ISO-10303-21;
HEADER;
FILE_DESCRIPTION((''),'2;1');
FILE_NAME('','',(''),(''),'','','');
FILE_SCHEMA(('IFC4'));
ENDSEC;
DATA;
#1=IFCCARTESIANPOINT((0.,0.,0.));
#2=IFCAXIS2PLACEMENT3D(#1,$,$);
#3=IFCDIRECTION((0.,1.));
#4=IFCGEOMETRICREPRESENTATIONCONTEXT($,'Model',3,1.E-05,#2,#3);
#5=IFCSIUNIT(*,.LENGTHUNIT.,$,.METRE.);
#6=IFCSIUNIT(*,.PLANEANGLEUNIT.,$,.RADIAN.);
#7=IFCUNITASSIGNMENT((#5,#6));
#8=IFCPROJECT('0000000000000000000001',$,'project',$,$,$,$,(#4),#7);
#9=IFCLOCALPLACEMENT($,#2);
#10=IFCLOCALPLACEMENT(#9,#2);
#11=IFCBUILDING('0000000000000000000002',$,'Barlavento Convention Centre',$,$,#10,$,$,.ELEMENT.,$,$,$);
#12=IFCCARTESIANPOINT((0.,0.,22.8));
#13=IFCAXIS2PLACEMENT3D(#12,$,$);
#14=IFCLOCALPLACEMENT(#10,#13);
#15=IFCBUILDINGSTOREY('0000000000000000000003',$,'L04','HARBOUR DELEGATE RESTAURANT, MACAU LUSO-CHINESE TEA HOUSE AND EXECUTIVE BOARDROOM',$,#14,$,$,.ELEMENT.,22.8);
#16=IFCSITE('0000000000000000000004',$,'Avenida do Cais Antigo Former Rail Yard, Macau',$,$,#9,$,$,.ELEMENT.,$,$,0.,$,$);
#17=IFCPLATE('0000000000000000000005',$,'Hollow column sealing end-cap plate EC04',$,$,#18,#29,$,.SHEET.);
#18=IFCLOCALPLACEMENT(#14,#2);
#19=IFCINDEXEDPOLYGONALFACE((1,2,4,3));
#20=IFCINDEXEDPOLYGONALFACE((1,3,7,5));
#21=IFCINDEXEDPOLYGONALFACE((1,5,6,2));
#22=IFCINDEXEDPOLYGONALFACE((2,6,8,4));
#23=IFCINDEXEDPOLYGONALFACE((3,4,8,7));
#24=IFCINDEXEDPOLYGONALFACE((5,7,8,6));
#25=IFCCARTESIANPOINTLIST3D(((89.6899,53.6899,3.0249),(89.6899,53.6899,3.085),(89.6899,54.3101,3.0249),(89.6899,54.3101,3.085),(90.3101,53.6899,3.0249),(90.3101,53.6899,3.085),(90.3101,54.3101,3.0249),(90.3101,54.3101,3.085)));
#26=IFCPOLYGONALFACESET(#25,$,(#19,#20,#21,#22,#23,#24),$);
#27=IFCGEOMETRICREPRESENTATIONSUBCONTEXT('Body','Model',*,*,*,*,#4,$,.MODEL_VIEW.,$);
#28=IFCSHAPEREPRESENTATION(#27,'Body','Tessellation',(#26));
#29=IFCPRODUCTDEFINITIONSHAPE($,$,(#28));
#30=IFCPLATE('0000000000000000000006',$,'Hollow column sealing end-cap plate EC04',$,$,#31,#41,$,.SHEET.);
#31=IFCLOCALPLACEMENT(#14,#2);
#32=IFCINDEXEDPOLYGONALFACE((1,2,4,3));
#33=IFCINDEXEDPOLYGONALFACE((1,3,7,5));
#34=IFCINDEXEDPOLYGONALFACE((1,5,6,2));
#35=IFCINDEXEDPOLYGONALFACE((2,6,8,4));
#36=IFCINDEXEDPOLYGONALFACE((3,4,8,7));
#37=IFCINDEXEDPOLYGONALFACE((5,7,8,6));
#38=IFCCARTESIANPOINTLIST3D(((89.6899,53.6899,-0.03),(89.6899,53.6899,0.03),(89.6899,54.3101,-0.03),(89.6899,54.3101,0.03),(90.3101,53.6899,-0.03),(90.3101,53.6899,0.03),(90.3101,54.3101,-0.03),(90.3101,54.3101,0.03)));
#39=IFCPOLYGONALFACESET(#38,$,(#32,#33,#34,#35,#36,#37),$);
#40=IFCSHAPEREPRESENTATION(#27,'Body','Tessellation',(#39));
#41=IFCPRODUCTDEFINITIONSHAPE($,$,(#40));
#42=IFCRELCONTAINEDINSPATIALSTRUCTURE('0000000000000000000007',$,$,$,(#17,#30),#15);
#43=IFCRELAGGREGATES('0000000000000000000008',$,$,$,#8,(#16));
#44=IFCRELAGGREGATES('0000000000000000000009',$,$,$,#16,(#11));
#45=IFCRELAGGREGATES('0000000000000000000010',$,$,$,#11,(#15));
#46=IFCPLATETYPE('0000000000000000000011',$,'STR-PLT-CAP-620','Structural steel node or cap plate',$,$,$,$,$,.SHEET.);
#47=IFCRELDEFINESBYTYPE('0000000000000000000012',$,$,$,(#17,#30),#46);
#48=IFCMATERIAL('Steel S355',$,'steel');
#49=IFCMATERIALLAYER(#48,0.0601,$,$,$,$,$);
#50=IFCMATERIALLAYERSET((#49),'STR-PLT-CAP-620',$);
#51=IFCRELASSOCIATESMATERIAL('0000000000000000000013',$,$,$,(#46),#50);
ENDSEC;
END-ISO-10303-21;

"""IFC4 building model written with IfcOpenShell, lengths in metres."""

from ifc_helpers import new_model, si_unit, direction, frame, origin, origin_2d, place, context, subcontext, project, spatial, rectangle, extrude, material, layer, layer_set, type_object, element, save


model = new_model("IFC4")

# Units and contexts
model_context = context("Model", 3, precision=1e-05, world=origin(), true_north=direction((0.0, 1.0)))
body_context = subcontext(model_context, "Body", "Model", "MODEL_VIEW")
ifc_project = project(units=[si_unit("LENGTHUNIT", "METRE"), si_unit("PLANEANGLEUNIT", "RADIAN")], contexts=[model_context])

# Site, building, storey
site_placement = place(None, origin())
site = spatial("IfcSite", under=ifc_project, at=site_placement, Name="Avenida do Cais Antigo Former Rail Yard, Macau", CompositionType="ELEMENT", RefElevation=0.0)
building_placement = place(site_placement, origin())
building = spatial("IfcBuilding", under=site, at=building_placement, Name="Barlavento Convention Centre", CompositionType="ELEMENT")
storey_placement = place(building_placement, frame((0.0, 0.0, 22.8)))
storey = spatial("IfcBuildingStorey", under=building, at=storey_placement, Name="L04", Description="HARBOUR DELEGATE RESTAURANT, MACAU LUSO-CHINESE TEA HOUSE AND EXECUTIVE BOARDROOM", CompositionType="ELEMENT", Elevation=22.8)

# Shared definitions
ifc_material_1 = material(Name="Steel S355", Category="steel")

# Plates
ifc_layer_1 = layer(ifc_material_1, 0.0601)
ifc_layer_set_1 = layer_set([ifc_layer_1], Name="STR-PLT-CAP-620")
plate_type_1 = type_object("IfcPlateType", Name="STR-PLT-CAP-620", Description="Structural steel node or cap plate", PredefinedType="SHEET", material=ifc_layer_set_1)
for number, where, z_axis, x_axis, name in (
    (1, (90.0, 54.0, 3.0249), (0.0, 0.0, 1.0), (1.0, 0.0, 0.0), "Hollow column sealing end-cap plate EC04"),
    (2, (90.0, 54.0, -0.03), (0.0, 0.0, 1.0), (1.0, 0.0, 0.0), "Hollow column sealing end-cap plate EC04"),
):
    element("IfcPlate", number, at=place(storey_placement, frame(where, z_axis=z_axis, x_axis=x_axis)), inside=storey, type_object=plate_type_1, Name=name, PredefinedType="SHEET", context=body_context, shape_type="SweptSolid", body=[
        extrude(rectangle(XDim=0.6201, YDim=0.6201, at=origin_2d()), origin(), (0.0, 0.0, 1.0), 0.0601),
    ])

save(model, "model.ifc")
